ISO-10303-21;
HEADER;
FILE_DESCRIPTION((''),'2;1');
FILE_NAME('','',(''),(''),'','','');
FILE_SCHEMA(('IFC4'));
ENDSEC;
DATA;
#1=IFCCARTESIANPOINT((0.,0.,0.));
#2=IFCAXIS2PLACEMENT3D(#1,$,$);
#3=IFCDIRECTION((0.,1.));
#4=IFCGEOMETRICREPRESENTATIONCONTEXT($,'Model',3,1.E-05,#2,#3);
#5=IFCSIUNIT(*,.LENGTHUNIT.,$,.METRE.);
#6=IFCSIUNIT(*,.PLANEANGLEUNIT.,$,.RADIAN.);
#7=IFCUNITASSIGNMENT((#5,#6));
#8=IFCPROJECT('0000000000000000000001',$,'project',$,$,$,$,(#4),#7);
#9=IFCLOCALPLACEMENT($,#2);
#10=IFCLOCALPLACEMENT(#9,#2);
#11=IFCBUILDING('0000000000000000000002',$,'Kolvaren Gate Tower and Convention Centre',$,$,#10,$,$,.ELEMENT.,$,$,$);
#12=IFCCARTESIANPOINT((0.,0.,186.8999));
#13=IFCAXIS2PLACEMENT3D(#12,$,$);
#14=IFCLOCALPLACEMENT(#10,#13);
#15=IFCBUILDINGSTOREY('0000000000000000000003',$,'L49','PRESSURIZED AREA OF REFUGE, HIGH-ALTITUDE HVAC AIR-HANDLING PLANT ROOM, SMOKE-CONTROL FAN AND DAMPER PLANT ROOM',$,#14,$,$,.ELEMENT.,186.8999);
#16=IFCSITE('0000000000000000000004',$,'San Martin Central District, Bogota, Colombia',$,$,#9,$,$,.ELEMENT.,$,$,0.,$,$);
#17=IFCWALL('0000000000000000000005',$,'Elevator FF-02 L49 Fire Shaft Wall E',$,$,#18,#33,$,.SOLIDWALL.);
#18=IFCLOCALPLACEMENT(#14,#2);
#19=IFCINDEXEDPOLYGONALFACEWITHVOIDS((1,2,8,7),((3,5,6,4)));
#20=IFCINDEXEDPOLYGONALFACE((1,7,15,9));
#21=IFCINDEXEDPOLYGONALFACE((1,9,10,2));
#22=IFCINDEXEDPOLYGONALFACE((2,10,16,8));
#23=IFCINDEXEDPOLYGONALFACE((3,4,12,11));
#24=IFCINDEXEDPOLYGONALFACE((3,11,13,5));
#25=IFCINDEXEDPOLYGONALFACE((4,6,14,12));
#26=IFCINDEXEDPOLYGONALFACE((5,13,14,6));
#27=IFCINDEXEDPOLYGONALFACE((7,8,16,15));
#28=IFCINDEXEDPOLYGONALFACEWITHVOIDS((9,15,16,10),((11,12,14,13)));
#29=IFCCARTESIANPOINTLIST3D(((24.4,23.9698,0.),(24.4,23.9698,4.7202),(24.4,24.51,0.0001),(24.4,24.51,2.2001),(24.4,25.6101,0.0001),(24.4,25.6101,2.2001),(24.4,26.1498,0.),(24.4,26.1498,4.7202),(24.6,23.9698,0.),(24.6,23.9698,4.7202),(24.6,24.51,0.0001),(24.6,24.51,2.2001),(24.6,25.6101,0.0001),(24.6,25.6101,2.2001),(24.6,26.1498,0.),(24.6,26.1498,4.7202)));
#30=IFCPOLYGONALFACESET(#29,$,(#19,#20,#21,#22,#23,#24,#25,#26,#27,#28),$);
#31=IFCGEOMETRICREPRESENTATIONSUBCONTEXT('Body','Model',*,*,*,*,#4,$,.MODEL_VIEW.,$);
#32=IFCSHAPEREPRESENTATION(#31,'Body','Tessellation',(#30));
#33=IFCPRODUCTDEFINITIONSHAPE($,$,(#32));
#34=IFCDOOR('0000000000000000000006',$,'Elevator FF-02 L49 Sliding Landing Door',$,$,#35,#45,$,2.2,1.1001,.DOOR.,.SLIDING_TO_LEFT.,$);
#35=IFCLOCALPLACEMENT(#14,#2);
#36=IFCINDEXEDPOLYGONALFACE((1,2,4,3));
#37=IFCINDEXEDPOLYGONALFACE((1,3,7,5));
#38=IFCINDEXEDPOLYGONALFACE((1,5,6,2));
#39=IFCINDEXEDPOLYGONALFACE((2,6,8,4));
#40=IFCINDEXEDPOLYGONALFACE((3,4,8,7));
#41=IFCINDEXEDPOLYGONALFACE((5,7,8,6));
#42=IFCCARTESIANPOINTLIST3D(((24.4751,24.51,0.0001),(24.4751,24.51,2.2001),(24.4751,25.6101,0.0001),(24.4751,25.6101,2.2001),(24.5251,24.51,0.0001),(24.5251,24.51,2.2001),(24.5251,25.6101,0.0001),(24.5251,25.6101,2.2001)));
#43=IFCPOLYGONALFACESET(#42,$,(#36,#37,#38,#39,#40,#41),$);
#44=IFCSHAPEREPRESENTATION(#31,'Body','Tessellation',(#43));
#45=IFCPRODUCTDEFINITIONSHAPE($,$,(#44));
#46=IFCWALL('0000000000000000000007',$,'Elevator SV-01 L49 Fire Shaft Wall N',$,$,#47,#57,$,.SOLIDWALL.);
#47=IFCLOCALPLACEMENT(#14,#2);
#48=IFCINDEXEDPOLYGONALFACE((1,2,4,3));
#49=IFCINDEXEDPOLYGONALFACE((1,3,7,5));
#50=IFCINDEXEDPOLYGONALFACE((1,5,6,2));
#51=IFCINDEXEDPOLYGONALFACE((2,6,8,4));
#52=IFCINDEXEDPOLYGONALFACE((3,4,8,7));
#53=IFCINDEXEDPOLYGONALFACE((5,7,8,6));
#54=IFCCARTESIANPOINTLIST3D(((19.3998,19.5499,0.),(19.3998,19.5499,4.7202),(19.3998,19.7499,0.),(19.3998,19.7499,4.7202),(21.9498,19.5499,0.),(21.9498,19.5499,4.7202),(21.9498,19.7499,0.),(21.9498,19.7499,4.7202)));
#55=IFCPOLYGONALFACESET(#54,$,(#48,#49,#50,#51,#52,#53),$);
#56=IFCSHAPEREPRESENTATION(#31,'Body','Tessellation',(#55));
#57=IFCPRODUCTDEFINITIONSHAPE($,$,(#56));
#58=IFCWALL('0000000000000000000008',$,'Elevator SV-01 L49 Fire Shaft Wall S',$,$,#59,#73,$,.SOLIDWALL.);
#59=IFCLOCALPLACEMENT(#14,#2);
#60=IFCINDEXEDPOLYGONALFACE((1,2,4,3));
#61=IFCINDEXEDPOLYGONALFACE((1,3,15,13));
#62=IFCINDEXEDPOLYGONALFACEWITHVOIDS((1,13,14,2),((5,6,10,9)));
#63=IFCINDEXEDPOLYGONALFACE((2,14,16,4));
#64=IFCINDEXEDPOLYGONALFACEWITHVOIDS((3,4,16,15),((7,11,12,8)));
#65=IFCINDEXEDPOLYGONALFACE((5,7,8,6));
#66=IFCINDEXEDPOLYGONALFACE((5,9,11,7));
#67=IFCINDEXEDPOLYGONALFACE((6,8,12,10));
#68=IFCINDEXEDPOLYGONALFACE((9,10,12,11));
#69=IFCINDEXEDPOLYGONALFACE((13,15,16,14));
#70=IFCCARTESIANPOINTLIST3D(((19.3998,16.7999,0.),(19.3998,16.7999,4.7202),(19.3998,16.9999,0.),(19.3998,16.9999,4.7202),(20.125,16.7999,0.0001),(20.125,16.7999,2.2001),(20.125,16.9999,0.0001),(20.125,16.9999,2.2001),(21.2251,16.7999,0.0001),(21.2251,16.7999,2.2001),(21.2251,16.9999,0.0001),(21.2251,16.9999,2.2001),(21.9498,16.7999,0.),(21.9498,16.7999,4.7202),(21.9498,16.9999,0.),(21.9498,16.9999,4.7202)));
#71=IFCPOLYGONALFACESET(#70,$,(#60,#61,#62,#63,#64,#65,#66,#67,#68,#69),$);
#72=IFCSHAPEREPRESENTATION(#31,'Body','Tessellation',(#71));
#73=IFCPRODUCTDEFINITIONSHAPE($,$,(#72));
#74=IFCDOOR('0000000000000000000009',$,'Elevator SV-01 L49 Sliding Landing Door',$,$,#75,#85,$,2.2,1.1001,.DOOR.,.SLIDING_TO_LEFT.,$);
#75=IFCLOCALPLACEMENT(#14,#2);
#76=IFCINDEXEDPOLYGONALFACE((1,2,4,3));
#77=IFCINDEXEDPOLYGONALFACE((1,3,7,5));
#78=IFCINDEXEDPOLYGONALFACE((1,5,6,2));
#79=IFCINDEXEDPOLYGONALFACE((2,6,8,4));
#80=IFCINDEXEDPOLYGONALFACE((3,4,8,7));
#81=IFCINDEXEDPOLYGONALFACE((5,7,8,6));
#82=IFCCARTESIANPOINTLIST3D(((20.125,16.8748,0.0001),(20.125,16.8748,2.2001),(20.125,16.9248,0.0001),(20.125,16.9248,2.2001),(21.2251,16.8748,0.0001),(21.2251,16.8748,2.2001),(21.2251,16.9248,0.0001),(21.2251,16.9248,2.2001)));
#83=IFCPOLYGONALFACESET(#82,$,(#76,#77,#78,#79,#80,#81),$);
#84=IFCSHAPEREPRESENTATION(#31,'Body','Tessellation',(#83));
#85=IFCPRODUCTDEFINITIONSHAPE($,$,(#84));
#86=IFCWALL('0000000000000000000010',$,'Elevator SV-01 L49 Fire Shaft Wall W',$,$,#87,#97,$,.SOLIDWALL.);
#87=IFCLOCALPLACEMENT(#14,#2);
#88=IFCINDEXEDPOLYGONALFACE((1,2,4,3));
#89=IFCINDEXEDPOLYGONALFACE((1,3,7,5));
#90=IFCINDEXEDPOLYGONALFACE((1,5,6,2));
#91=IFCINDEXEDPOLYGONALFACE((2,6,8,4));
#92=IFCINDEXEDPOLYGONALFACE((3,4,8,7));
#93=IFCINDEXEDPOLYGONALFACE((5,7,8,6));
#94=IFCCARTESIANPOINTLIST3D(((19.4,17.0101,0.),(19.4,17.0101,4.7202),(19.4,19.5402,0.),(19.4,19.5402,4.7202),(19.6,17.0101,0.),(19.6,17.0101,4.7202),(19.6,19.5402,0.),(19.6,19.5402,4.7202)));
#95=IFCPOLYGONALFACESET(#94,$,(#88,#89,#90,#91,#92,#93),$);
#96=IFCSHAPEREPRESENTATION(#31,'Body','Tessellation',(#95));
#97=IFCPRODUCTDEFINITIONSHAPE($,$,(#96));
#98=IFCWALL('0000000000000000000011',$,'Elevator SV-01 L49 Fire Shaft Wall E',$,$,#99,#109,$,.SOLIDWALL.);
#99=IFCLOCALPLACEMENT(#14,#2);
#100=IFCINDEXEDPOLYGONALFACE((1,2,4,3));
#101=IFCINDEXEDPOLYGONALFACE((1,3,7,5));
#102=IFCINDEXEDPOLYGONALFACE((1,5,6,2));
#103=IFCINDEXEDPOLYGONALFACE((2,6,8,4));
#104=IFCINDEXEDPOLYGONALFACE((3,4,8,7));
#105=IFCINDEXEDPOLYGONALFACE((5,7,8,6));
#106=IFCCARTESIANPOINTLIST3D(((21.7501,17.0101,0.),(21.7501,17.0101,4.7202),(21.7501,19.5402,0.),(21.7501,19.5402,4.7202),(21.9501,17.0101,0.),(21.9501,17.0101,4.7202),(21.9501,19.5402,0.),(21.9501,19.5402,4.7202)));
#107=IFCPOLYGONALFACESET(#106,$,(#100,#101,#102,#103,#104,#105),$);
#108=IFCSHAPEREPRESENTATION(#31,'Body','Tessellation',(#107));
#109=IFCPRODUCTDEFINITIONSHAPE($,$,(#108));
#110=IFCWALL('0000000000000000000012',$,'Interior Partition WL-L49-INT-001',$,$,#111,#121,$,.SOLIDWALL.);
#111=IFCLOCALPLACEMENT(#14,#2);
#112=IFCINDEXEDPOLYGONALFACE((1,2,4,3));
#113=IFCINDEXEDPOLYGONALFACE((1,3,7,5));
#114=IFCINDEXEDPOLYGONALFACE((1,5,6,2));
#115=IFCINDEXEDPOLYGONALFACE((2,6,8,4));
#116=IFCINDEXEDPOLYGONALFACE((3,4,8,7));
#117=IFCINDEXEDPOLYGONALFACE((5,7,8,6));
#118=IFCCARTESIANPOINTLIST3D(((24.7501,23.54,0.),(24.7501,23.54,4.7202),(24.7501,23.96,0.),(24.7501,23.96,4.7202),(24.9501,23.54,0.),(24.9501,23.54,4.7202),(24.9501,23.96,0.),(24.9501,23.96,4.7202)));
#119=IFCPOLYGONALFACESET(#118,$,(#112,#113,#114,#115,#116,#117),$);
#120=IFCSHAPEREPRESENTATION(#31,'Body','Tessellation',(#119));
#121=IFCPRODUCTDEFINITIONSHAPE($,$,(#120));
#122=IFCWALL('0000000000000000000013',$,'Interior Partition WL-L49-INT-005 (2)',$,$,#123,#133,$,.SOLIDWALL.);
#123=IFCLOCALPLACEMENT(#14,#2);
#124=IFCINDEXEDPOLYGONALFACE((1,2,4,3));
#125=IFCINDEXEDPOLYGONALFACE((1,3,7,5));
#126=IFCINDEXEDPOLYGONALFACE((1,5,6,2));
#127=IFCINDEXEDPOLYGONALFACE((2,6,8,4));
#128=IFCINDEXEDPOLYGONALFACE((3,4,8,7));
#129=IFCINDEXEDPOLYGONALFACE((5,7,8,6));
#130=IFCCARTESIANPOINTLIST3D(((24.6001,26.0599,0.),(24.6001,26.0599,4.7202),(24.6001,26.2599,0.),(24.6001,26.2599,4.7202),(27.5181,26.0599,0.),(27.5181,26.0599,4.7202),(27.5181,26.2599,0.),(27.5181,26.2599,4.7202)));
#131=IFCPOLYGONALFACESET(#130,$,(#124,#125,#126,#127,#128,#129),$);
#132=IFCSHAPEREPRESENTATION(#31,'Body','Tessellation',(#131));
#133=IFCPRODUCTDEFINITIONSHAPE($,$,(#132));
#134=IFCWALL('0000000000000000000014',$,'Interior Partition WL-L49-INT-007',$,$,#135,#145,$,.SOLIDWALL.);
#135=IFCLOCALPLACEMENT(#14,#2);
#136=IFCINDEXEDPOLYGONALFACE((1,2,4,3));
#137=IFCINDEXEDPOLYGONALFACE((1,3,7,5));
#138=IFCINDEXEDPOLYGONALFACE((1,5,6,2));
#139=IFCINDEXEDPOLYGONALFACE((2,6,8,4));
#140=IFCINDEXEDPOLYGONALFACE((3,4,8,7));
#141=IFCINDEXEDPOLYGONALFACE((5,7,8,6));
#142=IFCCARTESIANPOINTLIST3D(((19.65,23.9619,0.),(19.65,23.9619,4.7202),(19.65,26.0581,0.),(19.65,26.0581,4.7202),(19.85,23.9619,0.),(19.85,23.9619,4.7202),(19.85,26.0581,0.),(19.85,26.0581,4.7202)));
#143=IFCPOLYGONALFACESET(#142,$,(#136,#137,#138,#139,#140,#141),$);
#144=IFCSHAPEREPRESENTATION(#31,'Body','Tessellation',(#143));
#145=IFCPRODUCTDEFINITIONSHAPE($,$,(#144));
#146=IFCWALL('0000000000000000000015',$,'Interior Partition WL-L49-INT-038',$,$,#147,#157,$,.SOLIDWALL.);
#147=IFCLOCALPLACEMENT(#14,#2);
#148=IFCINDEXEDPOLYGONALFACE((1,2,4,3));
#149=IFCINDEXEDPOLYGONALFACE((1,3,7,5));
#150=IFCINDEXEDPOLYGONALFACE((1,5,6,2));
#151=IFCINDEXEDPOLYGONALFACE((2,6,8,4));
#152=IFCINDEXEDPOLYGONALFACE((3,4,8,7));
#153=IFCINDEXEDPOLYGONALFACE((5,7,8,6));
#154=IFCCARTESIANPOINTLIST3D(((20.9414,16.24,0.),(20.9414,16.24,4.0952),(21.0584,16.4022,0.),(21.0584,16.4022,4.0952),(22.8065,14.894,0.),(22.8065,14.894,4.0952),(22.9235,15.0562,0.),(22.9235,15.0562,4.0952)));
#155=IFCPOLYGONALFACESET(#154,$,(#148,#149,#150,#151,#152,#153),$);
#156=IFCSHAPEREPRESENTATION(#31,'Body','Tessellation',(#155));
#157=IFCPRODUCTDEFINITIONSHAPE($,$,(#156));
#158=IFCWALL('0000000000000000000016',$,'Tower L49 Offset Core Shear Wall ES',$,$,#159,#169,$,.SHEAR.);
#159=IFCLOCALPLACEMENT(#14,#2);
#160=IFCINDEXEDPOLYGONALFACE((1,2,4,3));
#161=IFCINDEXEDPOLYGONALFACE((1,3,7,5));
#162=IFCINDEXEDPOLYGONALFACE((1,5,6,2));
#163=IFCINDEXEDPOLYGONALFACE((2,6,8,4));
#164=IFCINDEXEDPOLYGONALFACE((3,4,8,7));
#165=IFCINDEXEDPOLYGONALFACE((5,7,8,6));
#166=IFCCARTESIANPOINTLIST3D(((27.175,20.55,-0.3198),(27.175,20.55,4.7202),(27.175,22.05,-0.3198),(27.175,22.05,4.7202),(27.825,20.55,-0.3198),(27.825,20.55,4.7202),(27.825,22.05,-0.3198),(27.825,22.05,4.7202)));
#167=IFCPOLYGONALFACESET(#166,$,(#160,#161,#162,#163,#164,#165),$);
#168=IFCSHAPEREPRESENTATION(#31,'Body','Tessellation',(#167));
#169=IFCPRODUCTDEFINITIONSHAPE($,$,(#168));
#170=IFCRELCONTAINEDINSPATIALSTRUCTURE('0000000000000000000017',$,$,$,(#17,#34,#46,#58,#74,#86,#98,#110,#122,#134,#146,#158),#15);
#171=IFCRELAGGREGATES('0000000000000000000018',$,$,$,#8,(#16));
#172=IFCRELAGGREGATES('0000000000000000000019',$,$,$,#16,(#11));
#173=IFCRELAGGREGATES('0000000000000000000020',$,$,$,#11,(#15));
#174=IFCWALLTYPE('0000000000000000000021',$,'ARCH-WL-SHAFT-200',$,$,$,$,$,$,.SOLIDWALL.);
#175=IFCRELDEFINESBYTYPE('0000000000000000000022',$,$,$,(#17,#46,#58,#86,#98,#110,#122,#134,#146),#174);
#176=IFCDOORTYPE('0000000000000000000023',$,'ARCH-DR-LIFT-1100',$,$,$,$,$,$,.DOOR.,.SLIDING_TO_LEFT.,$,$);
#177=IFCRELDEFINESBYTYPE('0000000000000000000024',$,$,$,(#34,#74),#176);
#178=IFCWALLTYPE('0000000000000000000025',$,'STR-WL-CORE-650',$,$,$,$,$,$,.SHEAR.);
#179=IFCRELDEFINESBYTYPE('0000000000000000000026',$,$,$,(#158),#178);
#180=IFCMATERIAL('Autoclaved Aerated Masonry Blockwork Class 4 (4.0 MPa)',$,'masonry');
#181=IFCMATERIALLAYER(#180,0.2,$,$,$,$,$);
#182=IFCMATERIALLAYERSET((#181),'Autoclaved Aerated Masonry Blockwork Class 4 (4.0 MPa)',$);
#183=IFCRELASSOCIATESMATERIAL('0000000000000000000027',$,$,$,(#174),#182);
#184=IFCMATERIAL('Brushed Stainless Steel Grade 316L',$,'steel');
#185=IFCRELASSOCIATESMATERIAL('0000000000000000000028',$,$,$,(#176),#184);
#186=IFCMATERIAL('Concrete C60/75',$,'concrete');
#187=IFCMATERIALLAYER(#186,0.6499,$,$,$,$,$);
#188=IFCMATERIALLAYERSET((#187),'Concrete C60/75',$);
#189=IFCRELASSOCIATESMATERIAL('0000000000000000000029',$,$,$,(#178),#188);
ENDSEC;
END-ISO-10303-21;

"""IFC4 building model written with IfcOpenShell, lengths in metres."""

from ifc_helpers import new_model, si_unit, direction, frame, frame_2d, origin, place, context, subcontext, project, spatial, rectangle, extrude, material, layer, layer_set, type_object, element, fill, save


model = new_model("IFC4")

# Units and contexts
model_context = context("Model", 3, precision=1e-05, world=origin(), true_north=direction((0.0, 1.0)))
body_context = subcontext(model_context, "Body", "Model", "MODEL_VIEW")
ifc_project = project(units=[si_unit("LENGTHUNIT", "METRE"), si_unit("PLANEANGLEUNIT", "RADIAN")], contexts=[model_context])

# Site, building, storey
site_placement = place(None, origin())
site = spatial("IfcSite", under=ifc_project, at=site_placement, Name="San Martin Central District, Bogota, Colombia", CompositionType="ELEMENT", RefElevation=0.0)
building_placement = place(site_placement, origin())
building = spatial("IfcBuilding", under=site, at=building_placement, Name="Kolvaren Gate Tower and Convention Centre", CompositionType="ELEMENT")
storey_placement = place(building_placement, frame((0.0, 0.0, 186.8999)))
storey = spatial("IfcBuildingStorey", under=building, at=storey_placement, Name="L49", Description="PRESSURIZED AREA OF REFUGE, HIGH-ALTITUDE HVAC AIR-HANDLING PLANT ROOM, SMOKE-CONTROL FAN AND DAMPER PLANT ROOM", CompositionType="ELEMENT", Elevation=186.8999)

# Shared definitions
ifc_material_1 = material(Name="Concrete C60/75", Category="concrete")

# Shared definitions
ifc_material_2 = material(Name="Autoclaved Aerated Masonry Blockwork Class 4 (4.0 MPa)", Category="masonry")
ifc_layer_1 = layer(ifc_material_2, 0.2)
ifc_layer_set_1 = layer_set([ifc_layer_1], Name="Autoclaved Aerated Masonry Blockwork Class 4 (4.0 MPa)")
wall_type_1 = type_object("IfcWallType", Name="ARCH-WL-SHAFT-200", PredefinedType="SOLIDWALL", material=ifc_layer_set_1)

# Wall, opening, door
wall_1_placement = place(storey_placement, frame((24.5, 23.97, 0.0), z_axis=(0.0, 0.0, 1.0), x_axis=(0.0, 1.0, 0.0)))
wall_1 = element("IfcWall", 1, at=wall_1_placement, inside=storey, type_object=wall_type_1, Name="Elevator FF-02 L49 Fire Shaft Wall E", PredefinedType="SOLIDWALL", context=body_context, shape_type="SweptSolid", body=[
    extrude(rectangle(XDim=2.1799, YDim=0.2, at=frame_2d((1.0898, 0.0))), origin(), (0.0, 0.0, 1.0), 4.7202),
])
opening_1_placement = place(wall_1_placement, frame((0.54, 0.0, 0.0)))
opening_1 = element("IfcOpeningElement", 2, at=opening_1_placement, cuts=wall_1, PredefinedType="OPENING", context=body_context, shape_type="SweptSolid", body=[
    extrude(rectangle(XDim=1.1001, YDim=2.2, at=frame_2d((0.55, 1.1001))), frame((0.0, 0.1099, 0.0), z_axis=(0.0, -1.0, 0.0), x_axis=(1.0, 0.0, 0.0)), (0.0, 0.0, 1.0), 0.22),
])
ifc_material_3 = material(Name="Brushed Stainless Steel Grade 316L", Category="steel")
door_type_1 = type_object("IfcDoorType", Name="ARCH-DR-LIFT-1100", OperationType="SLIDING_TO_LEFT", PredefinedType="DOOR", material=ifc_material_3)
door_1_placement = place(opening_1_placement, origin())
door_1 = element("IfcDoor", 3, at=door_1_placement, inside=storey, type_object=door_type_1, Name="Elevator FF-02 L49 Sliding Landing Door", OperationType="SLIDING_TO_LEFT", OverallHeight=2.2, OverallWidth=1.1001, PredefinedType="DOOR", context=body_context, shape_type="SweptSolid", body=[
    extrude(rectangle(XDim=1.1001, YDim=2.2, at=frame_2d((0.55, 1.1001))), frame((0.0, 0.0249, 0.0), z_axis=(0.0, -1.0, 0.0), x_axis=(1.0, 0.0, 0.0)), (0.0, 0.0, 1.0), 0.05),
])
fill(opening_1, door_1)

# Wall
wall_2_placement = place(storey_placement, frame((19.3999, 19.6499, 0.0), z_axis=(0.0, 0.0, 1.0), x_axis=(1.0, 0.0, 0.0)))
element("IfcWall", 4, at=wall_2_placement, inside=storey, type_object=wall_type_1, Name="Elevator SV-01 L49 Fire Shaft Wall N", PredefinedType="SOLIDWALL", context=body_context, shape_type="SweptSolid", body=[
    extrude(rectangle(XDim=2.55, YDim=0.2, at=frame_2d((1.2749, 0.0))), origin(), (0.0, 0.0, 1.0), 4.7202),
])

# Wall, opening, door
wall_3_placement = place(storey_placement, frame((19.3999, 16.8999, 0.0), z_axis=(0.0, 0.0, 1.0), x_axis=(1.0, 0.0, 0.0)))
wall_3 = element("IfcWall", 5, at=wall_3_placement, inside=storey, type_object=wall_type_1, Name="Elevator SV-01 L49 Fire Shaft Wall S", PredefinedType="SOLIDWALL", context=body_context, shape_type="SweptSolid", body=[
    extrude(rectangle(XDim=2.55, YDim=0.2, at=frame_2d((1.2749, 0.0))), origin(), (0.0, 0.0, 1.0), 4.7202),
])
opening_2_placement = place(wall_3_placement, frame((0.7251, 0.0, 0.0)))
opening_2 = element("IfcOpeningElement", 6, at=opening_2_placement, cuts=wall_3, PredefinedType="OPENING", context=body_context, shape_type="SweptSolid", body=[
    extrude(rectangle(XDim=1.1001, YDim=2.2, at=frame_2d((0.55, 1.1001))), frame((0.0, 0.1099, 0.0), z_axis=(0.0, -1.0, 0.0), x_axis=(1.0, 0.0, 0.0)), (0.0, 0.0, 1.0), 0.22),
])
door_2_placement = place(opening_2_placement, origin())
door_2 = element("IfcDoor", 7, at=door_2_placement, inside=storey, type_object=door_type_1, Name="Elevator SV-01 L49 Sliding Landing Door", OperationType="SLIDING_TO_LEFT", OverallHeight=2.2, OverallWidth=1.1001, PredefinedType="DOOR", context=body_context, shape_type="SweptSolid", body=[
    extrude(rectangle(XDim=1.1001, YDim=2.2, at=frame_2d((0.55, 1.1001))), frame((0.0, 0.0249, 0.0), z_axis=(0.0, -1.0, 0.0), x_axis=(1.0, 0.0, 0.0)), (0.0, 0.0, 1.0), 0.05),
])
fill(opening_2, door_2)

# Walls
for number, where, z_axis, x_axis, name in (
    (8, (19.5, 17.01, 0.0), (0.0, 0.0, 1.0), (0.0, 1.0, 0.0), "Elevator SV-01 L49 Fire Shaft Wall W"),
    (9, (21.8501, 17.01, 0.0), (0.0, 0.0, 1.0), (0.0, 1.0, 0.0), "Elevator SV-01 L49 Fire Shaft Wall E"),
):
    element("IfcWall", number, at=place(storey_placement, frame(where, z_axis=z_axis, x_axis=x_axis)), inside=storey, type_object=wall_type_1, Name=name, PredefinedType="SOLIDWALL", context=body_context, shape_type="SweptSolid", body=[
        extrude(rectangle(XDim=2.53, YDim=0.2, at=frame_2d((1.2651, 0.0))), origin(), (0.0, 0.0, 1.0), 4.7202),
    ])
wall_4_placement = place(storey_placement, frame((24.8501, 23.54, 0.0), z_axis=(0.0, 0.0, 1.0), x_axis=(0.0, 1.0, 0.0)))
element("IfcWall", 10, at=wall_4_placement, inside=storey, type_object=wall_type_1, Name="Interior Partition WL-L49-INT-001", PredefinedType="SOLIDWALL", context=body_context, shape_type="SweptSolid", body=[
    extrude(rectangle(XDim=0.4199, YDim=0.2, at=frame_2d((0.21, 0.0))), origin(), (0.0, 0.0, 1.0), 4.7202),
])
wall_5_placement = place(storey_placement, frame((24.6001, 26.1599, 0.0), z_axis=(0.0, 0.0, 1.0), x_axis=(1.0, 0.0, 0.0)))
element("IfcWall", 11, at=wall_5_placement, inside=storey, type_object=wall_type_1, Name="Interior Partition WL-L49-INT-005 (2)", PredefinedType="SOLIDWALL", context=body_context, shape_type="SweptSolid", body=[
    extrude(rectangle(XDim=2.918, YDim=0.2, at=frame_2d((1.459, 0.0))), origin(), (0.0, 0.0, 1.0), 4.7202),
])
wall_6_placement = place(storey_placement, frame((19.75, 23.9619, 0.0), z_axis=(0.0, 0.0, 1.0), x_axis=(0.0, 1.0, 0.0)))
element("IfcWall", 12, at=wall_6_placement, inside=storey, type_object=wall_type_1, Name="Interior Partition WL-L49-INT-007", PredefinedType="SOLIDWALL", context=body_context, shape_type="SweptSolid", body=[
    extrude(rectangle(XDim=2.0962, YDim=0.2, at=frame_2d((1.0481, 0.0))), origin(), (0.0, 0.0, 1.0), 4.7202),
])
wall_7_placement = place(storey_placement, frame((21.0, 16.321, 0.0), z_axis=(0.0, 0.0, 1.0), x_axis=(0.810884, -0.585208, 0.0)))
element("IfcWall", 13, at=wall_7_placement, inside=storey, type_object=wall_type_1, Name="Interior Partition WL-L49-INT-038", PredefinedType="SOLIDWALL", context=body_context, shape_type="SweptSolid", body=[
    extrude(rectangle(XDim=2.3, YDim=0.2, at=frame_2d((1.1499, 0.0))), origin(), (0.0, 0.0, 1.0), 4.0952),
])
ifc_layer_2 = layer(ifc_material_1, 0.6499)
ifc_layer_set_2 = layer_set([ifc_layer_2], Name="Concrete C60/75")
wall_type_2 = type_object("IfcWallType", Name="STR-WL-CORE-650", PredefinedType="SHEAR", material=ifc_layer_set_2)
wall_8_placement = place(storey_placement, frame((27.5, 20.55, -0.3198), z_axis=(0.0, 0.0, 1.0), x_axis=(0.0, 1.0, 0.0)))
element("IfcWall", 14, at=wall_8_placement, inside=storey, type_object=wall_type_2, Name="Tower L49 Offset Core Shear Wall ES", PredefinedType="SHEAR", context=body_context, shape_type="SweptSolid", body=[
    extrude(rectangle(XDim=1.5, YDim=0.6499, at=frame_2d((0.75, 0.0))), origin(), (0.0, 0.0, 1.0), 5.04),
])

save(model, "model.ifc")
